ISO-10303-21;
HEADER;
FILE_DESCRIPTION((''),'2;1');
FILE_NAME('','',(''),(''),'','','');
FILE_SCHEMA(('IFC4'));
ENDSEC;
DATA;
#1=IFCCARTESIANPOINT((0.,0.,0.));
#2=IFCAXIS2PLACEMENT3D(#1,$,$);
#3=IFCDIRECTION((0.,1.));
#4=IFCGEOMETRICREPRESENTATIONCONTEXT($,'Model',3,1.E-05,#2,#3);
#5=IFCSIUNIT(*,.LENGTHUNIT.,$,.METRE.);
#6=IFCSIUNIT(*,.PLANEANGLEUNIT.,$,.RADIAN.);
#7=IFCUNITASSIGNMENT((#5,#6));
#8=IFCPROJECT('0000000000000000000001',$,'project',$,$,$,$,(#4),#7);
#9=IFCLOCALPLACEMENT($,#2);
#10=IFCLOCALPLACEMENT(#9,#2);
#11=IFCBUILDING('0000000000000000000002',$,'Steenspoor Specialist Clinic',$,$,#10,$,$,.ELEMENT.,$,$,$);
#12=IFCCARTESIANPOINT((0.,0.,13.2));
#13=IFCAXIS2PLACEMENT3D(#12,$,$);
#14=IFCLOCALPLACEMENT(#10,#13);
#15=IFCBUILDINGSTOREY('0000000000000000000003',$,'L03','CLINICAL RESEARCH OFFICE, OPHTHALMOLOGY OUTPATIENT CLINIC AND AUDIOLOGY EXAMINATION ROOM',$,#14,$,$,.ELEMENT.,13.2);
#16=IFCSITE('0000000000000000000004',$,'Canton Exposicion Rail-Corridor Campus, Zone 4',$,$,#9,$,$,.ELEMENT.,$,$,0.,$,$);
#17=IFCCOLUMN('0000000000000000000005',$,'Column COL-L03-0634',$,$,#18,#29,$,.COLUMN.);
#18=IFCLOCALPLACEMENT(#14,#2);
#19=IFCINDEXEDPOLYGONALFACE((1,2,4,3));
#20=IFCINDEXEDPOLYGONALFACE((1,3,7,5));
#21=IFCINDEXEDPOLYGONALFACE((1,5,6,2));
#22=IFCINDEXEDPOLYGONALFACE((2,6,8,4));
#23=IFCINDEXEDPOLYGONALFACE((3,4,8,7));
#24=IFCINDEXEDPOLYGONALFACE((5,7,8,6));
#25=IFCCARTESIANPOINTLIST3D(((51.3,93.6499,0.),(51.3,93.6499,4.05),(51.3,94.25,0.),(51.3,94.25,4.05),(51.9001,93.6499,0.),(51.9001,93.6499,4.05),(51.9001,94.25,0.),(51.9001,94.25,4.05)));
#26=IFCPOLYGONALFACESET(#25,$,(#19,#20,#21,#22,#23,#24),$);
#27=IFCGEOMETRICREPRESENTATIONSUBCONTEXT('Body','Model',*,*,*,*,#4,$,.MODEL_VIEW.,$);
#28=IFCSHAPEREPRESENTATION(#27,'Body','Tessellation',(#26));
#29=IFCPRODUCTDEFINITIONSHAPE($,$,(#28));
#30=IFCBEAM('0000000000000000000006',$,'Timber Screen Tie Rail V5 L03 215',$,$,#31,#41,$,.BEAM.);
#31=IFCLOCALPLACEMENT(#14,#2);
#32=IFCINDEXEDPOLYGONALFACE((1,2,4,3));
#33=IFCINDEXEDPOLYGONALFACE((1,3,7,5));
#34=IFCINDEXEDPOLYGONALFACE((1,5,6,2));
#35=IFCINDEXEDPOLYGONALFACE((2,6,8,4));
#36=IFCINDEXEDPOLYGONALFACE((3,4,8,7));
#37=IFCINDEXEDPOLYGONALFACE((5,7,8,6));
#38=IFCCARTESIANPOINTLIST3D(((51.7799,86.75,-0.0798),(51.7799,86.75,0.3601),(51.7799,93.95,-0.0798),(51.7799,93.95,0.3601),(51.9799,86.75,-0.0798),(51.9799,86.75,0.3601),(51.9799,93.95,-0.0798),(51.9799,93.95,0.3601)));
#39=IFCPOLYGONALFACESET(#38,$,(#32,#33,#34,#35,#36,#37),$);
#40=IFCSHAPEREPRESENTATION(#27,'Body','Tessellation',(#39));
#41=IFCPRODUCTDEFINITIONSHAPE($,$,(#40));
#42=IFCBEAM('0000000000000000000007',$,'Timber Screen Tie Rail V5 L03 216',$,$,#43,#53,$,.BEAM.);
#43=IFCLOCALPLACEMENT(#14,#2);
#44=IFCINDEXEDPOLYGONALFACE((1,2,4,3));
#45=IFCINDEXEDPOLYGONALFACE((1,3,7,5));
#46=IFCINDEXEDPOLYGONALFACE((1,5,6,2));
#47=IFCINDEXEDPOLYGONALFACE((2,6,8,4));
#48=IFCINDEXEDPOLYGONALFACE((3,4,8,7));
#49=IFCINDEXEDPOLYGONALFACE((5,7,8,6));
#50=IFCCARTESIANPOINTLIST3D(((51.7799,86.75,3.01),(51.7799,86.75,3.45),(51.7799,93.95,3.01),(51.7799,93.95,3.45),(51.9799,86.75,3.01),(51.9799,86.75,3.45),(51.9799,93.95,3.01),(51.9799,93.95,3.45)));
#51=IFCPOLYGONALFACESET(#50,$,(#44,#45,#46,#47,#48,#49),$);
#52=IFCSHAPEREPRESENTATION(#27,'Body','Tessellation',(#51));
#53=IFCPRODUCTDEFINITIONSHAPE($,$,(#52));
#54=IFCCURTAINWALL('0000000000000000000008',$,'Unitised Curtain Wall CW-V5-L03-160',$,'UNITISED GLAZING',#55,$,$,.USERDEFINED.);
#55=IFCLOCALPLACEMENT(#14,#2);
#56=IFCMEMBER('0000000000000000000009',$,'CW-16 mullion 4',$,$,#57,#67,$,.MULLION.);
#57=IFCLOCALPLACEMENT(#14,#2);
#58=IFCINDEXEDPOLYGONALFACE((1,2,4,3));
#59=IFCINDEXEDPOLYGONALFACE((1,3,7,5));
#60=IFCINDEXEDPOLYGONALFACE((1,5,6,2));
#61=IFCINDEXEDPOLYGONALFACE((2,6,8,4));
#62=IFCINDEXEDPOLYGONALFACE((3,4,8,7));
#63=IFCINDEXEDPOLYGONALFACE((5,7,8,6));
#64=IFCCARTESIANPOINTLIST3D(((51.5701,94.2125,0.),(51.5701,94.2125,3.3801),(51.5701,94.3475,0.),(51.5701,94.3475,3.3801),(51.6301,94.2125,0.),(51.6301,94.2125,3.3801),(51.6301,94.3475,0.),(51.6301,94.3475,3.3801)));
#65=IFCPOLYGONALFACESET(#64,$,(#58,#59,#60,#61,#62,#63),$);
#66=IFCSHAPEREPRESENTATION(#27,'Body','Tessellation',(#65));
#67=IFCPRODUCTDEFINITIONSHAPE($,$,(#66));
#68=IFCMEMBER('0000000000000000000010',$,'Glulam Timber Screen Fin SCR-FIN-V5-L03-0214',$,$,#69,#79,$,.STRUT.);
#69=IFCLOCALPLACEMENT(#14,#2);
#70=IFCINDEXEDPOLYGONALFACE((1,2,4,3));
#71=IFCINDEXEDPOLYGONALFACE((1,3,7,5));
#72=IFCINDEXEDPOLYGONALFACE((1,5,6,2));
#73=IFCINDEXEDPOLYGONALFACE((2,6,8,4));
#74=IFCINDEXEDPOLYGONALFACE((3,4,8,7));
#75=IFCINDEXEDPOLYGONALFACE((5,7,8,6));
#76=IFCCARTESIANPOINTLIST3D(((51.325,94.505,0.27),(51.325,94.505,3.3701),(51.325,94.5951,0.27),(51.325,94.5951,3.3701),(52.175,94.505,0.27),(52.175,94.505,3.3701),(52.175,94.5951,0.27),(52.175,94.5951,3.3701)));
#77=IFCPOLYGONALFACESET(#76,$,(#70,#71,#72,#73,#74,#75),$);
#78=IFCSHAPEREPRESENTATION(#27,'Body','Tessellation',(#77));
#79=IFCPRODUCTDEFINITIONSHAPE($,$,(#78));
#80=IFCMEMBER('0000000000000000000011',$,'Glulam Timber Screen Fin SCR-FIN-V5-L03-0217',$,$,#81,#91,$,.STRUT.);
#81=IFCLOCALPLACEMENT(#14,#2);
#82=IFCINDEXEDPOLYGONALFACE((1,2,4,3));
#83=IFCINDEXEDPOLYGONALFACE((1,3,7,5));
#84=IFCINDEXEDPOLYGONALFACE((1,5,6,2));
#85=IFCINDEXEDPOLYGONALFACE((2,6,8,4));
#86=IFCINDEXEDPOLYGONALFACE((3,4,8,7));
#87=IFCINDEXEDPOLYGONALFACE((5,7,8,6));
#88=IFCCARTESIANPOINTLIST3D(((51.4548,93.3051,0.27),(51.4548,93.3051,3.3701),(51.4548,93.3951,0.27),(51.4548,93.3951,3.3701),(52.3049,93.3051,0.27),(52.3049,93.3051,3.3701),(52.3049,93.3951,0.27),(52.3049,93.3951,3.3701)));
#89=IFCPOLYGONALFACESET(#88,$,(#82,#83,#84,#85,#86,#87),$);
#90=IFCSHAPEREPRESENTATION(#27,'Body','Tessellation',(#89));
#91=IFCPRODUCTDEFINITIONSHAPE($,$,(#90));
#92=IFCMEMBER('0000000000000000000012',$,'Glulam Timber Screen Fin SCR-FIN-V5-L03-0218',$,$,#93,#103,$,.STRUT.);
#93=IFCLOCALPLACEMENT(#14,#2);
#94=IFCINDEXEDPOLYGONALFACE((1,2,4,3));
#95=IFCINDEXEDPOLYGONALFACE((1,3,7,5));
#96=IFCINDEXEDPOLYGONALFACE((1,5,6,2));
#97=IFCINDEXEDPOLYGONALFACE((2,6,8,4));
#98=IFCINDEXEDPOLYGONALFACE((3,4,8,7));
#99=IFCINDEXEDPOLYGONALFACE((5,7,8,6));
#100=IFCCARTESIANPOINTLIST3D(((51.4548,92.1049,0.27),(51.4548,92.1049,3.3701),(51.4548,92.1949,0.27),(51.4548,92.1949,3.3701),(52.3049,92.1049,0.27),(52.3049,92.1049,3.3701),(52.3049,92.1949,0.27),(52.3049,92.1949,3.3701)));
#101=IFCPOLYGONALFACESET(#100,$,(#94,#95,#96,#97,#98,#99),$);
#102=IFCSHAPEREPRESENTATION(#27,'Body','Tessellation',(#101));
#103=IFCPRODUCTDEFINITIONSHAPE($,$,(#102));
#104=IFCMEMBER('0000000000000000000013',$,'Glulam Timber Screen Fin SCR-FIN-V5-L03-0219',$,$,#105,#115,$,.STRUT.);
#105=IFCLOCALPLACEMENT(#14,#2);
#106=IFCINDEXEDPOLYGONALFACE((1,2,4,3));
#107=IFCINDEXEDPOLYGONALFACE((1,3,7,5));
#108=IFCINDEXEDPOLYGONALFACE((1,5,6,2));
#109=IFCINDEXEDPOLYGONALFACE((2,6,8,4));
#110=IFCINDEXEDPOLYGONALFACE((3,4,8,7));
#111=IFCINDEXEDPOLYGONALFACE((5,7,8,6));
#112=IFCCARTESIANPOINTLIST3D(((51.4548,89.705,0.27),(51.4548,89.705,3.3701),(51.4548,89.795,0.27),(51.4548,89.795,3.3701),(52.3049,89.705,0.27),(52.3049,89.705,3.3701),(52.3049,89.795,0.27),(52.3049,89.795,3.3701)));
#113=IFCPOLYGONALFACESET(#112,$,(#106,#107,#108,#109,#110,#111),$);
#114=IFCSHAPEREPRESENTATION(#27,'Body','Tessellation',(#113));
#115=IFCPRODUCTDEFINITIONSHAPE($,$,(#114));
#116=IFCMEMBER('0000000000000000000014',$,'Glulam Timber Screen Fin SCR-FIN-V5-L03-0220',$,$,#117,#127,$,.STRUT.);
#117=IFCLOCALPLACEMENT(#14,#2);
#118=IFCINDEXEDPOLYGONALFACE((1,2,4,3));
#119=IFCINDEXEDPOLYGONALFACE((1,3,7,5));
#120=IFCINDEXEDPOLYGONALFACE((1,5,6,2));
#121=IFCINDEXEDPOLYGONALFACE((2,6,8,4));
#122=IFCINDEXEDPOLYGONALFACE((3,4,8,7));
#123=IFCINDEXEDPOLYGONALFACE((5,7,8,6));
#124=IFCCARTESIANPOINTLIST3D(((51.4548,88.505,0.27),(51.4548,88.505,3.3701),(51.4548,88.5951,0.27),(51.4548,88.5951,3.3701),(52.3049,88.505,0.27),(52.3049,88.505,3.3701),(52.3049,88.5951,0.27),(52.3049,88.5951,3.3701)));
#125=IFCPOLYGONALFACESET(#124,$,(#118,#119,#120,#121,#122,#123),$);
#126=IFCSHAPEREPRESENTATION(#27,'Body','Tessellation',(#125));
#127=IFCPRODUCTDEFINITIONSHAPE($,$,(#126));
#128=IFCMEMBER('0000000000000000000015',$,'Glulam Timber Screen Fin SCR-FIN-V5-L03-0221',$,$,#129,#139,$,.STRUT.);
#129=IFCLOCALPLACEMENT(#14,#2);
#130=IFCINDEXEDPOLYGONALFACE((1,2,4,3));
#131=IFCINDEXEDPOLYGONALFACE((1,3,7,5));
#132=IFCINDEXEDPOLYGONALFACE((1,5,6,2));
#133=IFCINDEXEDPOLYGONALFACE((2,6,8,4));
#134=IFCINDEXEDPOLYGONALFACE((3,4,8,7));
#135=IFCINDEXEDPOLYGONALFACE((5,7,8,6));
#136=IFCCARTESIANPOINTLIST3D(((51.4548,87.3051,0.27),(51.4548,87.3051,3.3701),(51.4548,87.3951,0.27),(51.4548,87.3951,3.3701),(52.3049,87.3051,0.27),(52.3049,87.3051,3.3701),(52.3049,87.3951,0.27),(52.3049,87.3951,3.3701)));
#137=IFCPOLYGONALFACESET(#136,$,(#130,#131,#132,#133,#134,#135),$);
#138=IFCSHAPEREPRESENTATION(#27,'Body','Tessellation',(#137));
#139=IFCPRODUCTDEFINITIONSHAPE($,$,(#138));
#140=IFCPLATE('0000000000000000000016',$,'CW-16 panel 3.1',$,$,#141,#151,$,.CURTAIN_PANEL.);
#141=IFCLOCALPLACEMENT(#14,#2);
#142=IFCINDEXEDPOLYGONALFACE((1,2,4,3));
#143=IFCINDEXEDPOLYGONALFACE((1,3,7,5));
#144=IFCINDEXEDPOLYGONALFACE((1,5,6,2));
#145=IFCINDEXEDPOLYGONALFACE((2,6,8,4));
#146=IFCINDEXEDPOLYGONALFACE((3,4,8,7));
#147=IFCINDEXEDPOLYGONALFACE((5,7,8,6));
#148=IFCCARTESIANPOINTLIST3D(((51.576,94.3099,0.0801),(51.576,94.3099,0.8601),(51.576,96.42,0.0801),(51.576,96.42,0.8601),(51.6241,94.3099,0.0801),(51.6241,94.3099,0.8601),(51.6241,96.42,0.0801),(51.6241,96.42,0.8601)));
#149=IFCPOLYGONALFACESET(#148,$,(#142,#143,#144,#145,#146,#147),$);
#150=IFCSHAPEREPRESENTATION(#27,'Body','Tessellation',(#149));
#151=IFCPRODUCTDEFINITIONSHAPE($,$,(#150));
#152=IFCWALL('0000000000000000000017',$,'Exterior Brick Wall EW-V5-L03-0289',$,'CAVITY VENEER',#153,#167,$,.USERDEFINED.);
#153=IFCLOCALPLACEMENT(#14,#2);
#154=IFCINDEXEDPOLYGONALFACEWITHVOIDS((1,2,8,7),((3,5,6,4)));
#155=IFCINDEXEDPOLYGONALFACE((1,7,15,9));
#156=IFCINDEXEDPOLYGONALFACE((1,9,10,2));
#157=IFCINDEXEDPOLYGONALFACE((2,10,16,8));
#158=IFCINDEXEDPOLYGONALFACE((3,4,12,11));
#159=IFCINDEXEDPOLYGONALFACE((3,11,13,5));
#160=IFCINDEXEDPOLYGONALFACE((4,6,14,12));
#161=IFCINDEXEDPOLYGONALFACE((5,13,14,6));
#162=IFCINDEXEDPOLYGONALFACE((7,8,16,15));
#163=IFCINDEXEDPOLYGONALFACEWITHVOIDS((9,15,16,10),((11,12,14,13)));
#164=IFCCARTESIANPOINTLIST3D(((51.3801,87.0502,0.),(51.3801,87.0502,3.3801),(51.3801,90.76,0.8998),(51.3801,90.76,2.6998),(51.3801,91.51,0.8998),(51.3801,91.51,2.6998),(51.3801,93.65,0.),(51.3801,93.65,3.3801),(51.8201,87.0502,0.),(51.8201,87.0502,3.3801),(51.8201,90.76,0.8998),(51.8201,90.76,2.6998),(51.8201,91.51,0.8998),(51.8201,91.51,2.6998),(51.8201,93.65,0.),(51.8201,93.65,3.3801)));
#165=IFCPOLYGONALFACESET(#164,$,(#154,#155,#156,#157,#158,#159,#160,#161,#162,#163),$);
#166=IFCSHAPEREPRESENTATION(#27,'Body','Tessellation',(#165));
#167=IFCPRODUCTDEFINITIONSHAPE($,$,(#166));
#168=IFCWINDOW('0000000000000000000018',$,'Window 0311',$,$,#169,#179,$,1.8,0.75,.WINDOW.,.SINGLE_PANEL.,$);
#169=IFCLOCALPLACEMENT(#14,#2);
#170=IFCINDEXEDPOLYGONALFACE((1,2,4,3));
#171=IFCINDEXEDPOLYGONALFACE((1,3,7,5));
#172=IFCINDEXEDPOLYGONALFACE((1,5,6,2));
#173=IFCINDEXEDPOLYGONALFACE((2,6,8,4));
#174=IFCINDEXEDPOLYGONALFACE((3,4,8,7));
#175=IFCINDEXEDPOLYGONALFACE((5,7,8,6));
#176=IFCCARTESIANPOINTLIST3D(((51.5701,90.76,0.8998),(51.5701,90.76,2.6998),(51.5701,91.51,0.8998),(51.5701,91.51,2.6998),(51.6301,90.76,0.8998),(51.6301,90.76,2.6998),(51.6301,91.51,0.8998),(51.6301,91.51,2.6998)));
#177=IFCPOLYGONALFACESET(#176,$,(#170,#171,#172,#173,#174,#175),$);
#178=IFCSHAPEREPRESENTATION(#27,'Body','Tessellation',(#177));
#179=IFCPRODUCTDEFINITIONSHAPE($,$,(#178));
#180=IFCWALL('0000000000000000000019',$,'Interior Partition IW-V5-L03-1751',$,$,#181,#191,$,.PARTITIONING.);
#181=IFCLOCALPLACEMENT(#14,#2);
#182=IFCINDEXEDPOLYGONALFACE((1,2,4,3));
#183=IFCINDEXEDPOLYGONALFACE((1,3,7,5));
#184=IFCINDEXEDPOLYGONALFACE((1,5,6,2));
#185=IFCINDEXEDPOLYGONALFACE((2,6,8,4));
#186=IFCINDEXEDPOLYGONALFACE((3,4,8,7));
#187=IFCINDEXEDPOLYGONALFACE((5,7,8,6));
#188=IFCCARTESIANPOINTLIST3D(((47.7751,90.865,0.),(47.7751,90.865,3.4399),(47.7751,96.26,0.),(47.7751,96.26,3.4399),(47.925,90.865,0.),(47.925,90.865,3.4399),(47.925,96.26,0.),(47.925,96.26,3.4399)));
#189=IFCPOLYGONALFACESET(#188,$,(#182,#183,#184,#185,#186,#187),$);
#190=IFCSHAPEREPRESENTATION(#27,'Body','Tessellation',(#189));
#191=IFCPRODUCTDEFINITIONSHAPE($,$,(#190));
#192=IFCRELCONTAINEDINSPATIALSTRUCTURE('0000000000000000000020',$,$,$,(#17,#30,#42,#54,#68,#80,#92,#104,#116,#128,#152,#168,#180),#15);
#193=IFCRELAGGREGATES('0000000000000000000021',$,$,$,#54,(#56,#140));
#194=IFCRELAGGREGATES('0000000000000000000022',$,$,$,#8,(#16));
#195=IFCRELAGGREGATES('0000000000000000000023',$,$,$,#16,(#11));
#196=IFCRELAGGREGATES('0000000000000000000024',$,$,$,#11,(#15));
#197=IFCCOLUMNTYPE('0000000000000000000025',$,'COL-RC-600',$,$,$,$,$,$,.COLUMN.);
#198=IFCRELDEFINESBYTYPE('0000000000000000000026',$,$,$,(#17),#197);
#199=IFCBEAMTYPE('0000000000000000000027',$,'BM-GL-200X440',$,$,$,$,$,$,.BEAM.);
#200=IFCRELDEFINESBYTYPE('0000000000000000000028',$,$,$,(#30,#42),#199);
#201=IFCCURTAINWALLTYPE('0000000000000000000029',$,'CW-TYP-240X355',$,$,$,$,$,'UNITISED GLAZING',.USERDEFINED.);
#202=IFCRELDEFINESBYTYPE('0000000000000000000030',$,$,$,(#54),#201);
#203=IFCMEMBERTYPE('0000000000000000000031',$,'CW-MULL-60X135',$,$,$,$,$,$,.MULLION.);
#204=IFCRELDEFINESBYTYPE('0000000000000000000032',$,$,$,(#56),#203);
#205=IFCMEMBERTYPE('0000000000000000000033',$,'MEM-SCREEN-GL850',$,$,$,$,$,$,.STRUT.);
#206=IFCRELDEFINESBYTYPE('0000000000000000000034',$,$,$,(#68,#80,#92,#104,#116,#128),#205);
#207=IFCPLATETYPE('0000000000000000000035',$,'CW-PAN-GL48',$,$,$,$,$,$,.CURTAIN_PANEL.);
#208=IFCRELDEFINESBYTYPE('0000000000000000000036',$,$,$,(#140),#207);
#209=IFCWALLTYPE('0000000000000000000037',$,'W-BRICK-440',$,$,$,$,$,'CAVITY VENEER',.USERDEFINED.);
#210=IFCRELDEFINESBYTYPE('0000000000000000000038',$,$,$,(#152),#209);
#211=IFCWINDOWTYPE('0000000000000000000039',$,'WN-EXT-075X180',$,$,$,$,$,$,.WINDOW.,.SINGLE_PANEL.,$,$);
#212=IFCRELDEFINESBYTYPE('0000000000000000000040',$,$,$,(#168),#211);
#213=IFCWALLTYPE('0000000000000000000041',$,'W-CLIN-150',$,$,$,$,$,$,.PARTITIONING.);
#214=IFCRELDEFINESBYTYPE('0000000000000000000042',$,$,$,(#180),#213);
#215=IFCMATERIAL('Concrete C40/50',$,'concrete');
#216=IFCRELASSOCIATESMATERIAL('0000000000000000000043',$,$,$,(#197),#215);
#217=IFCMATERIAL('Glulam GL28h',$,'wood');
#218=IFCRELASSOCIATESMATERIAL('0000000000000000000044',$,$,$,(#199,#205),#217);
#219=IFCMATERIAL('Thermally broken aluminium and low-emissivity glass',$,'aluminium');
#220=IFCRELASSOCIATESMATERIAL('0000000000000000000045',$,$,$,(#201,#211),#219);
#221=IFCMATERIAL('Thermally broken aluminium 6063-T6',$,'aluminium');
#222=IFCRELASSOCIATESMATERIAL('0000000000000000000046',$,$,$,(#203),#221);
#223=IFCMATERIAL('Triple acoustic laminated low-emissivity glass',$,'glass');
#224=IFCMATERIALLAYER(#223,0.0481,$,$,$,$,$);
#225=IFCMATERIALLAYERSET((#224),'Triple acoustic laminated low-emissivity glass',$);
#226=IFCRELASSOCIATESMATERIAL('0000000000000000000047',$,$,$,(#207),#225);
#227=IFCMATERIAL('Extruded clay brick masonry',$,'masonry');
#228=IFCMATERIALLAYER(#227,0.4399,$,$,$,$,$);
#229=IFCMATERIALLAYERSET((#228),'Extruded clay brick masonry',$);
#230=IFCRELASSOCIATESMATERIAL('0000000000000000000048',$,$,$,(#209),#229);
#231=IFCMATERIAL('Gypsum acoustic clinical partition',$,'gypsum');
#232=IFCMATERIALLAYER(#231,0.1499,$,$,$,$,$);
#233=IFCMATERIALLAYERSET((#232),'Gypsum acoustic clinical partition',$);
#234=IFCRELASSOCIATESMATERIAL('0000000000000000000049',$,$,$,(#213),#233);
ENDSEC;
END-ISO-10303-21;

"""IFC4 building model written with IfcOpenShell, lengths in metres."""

from ifc_helpers import new_model, si_unit, direction, frame, frame_2d, origin, origin_2d, place, context, subcontext, project, spatial, rectangle, extrude, material, layer, layer_set, material_profile, profile_set, type_object, element, fill, aggregate, save


model = new_model("IFC4")

# Units and contexts
model_context = context("Model", 3, precision=1e-05, world=origin(), true_north=direction((0.0, 1.0)))
body_context = subcontext(model_context, "Body", "Model", "MODEL_VIEW")
ifc_project = project(units=[si_unit("LENGTHUNIT", "METRE"), si_unit("PLANEANGLEUNIT", "RADIAN")], contexts=[model_context])

# Site, building, storey
site_placement = place(None, origin())
site = spatial("IfcSite", under=ifc_project, at=site_placement, Name="Canton Exposicion Rail-Corridor Campus, Zone 4", CompositionType="ELEMENT", RefElevation=0.0)
building_placement = place(site_placement, origin())
building = spatial("IfcBuilding", under=site, at=building_placement, Name="Steenspoor Specialist Clinic", CompositionType="ELEMENT")
storey_placement = place(building_placement, frame((0.0, 0.0, 13.2)))
storey = spatial("IfcBuildingStorey", under=building, at=storey_placement, Name="L03", Description="CLINICAL RESEARCH OFFICE, OPHTHALMOLOGY OUTPATIENT CLINIC AND AUDIOLOGY EXAMINATION ROOM", CompositionType="ELEMENT", Elevation=13.2)

# Column
ifc_material_1 = material(Name="Concrete C40/50", Category="concrete")
ifc_material_profile_1 = material_profile(ifc_material_1, rectangle(XDim=0.6001, YDim=0.6001, at=origin_2d()), Name="RC-COL-600X600")
ifc_profile_set_1 = profile_set([ifc_material_profile_1], Name="Concrete C40/50")
column_type = type_object("IfcColumnType", Name="COL-RC-600", PredefinedType="COLUMN", material=ifc_profile_set_1)
column_placement = place(storey_placement, frame((51.6001, 93.95, 0.0), z_axis=(0.0, 0.0, 1.0), x_axis=(1.0, 0.0, 0.0)))
element("IfcColumn", 1, at=column_placement, inside=storey, type_object=column_type, Name="Column COL-L03-0634", PredefinedType="COLUMN", context=body_context, shape_type="SweptSolid", body=[
    extrude(rectangle(XDim=0.6001, YDim=0.6001, at=origin_2d()), origin(), (0.0, 0.0, 1.0), 4.05),
])

# Beams
ifc_material_2 = material(Name="Glulam GL28h", Category="wood")
ifc_material_profile_2 = material_profile(ifc_material_2, rectangle(XDim=0.2, YDim=0.4399, at=origin_2d()), Name="GL28H-200X440")
ifc_profile_set_2 = profile_set([ifc_material_profile_2], Name="Glulam GL28h")
beam_type = type_object("IfcBeamType", Name="BM-GL-200X440", PredefinedType="BEAM", material=ifc_profile_set_2)
for number, where, z_axis, x_axis, name in (
    (2, (51.8799, 93.95, 0.1401), (0.0, -1.0, 0.0), (1.0, 0.0, 0.0), "Timber Screen Tie Rail V5 L03 215"),
    (3, (51.8799, 93.95, 3.23), (0.0, -1.0, 0.0), (1.0, 0.0, 0.0), "Timber Screen Tie Rail V5 L03 216"),
):
    element("IfcBeam", number, at=place(storey_placement, frame(where, z_axis=z_axis, x_axis=x_axis)), inside=storey, type_object=beam_type, Name=name, PredefinedType="BEAM", context=body_context, shape_type="SweptSolid", body=[
        extrude(rectangle(XDim=0.2, YDim=0.4399, at=origin_2d()), origin(), (0.0, 0.0, 1.0), 7.2),
    ])

# Curtain wall, member
ifc_material_3 = material(Name="Thermally broken aluminium and low-emissivity glass", Category="aluminium")
curtain_wall_type = type_object("IfcCurtainWallType", Name="CW-TYP-240X355", ElementType="UNITISED GLAZING", PredefinedType="USERDEFINED", material=ifc_material_3)
curtain_wall_placement = place(storey_placement, origin())
curtain_wall = element("IfcCurtainWall", 4, at=curtain_wall_placement, inside=storey, type_object=curtain_wall_type, Name="Unitised Curtain Wall CW-V5-L03-160", ObjectType="UNITISED GLAZING", PredefinedType="USERDEFINED")
ifc_material_4 = material(Name="Thermally broken aluminium 6063-T6", Category="aluminium")
ifc_material_profile_3 = material_profile(ifc_material_4, rectangle(XDim=0.0601, YDim=0.135, at=origin_2d()), Name="CWM-60X135")
ifc_profile_set_3 = profile_set([ifc_material_profile_3], Name="Thermally broken aluminium 6063-T6")
member_type_1 = type_object("IfcMemberType", Name="CW-MULL-60X135", PredefinedType="MULLION", material=ifc_profile_set_3)
member_placement = place(storey_placement, frame((51.6001, 94.28, 0.0), z_axis=(0.0, 0.0, 1.0), x_axis=(1.0, 0.0, 0.0)))
member = element("IfcMember", 5, at=member_placement, type_object=member_type_1, Name="CW-16 mullion 4", PredefinedType="MULLION", context=body_context, shape_type="SweptSolid", body=[
    extrude(rectangle(XDim=0.0601, YDim=0.135, at=origin_2d()), origin(), (0.0, 0.0, 1.0), 3.3801),
])

# Members
ifc_material_profile_4 = material_profile(ifc_material_2, rectangle(XDim=0.0901, YDim=0.8501, at=origin_2d()), Name="GL28H-90X850")
ifc_profile_set_4 = profile_set([ifc_material_profile_4], Name="Glulam GL28h")
member_type_2 = type_object("IfcMemberType", Name="MEM-SCREEN-GL850", PredefinedType="STRUT", material=ifc_profile_set_4)
for number, where, z_axis, x_axis, name in (
    (6, (51.75, 94.55, 0.27), (0.0, 0.0, 1.0), (0.0, -1.0, 0.0), "Glulam Timber Screen Fin SCR-FIN-V5-L03-0214"),
    (7, (51.8799, 93.3501, 0.27), (0.0, 0.0, 1.0), (0.0, -1.0, 0.0), "Glulam Timber Screen Fin SCR-FIN-V5-L03-0217"),
    (8, (51.8799, 92.1499, 0.27), (0.0, 0.0, 1.0), (0.0, -1.0, 0.0), "Glulam Timber Screen Fin SCR-FIN-V5-L03-0218"),
    (9, (51.8799, 89.75, 0.27), (0.0, 0.0, 1.0), (0.0, -1.0, 0.0), "Glulam Timber Screen Fin SCR-FIN-V5-L03-0219"),
    (10, (51.8799, 88.55, 0.27), (0.0, 0.0, 1.0), (0.0, -1.0, 0.0), "Glulam Timber Screen Fin SCR-FIN-V5-L03-0220"),
    (11, (51.8799, 87.3501, 0.27), (0.0, 0.0, 1.0), (0.0, -1.0, 0.0), "Glulam Timber Screen Fin SCR-FIN-V5-L03-0221"),
):
    element("IfcMember", number, at=place(storey_placement, frame(where, z_axis=z_axis, x_axis=x_axis)), inside=storey, type_object=member_type_2, Name=name, PredefinedType="STRUT", context=body_context, shape_type="SweptSolid", body=[
        extrude(rectangle(XDim=0.0901, YDim=0.8501, at=origin_2d()), origin(), (0.0, 0.0, 1.0), 3.1001),
    ])

# Plate
ifc_material_5 = material(Name="Triple acoustic laminated low-emissivity glass", Category="glass")
ifc_layer_1 = layer(ifc_material_5, 0.0481)
ifc_layer_set_1 = layer_set([ifc_layer_1], Name="Triple acoustic laminated low-emissivity glass")
plate_type = type_object("IfcPlateType", Name="CW-PAN-GL48", PredefinedType="CURTAIN_PANEL", material=ifc_layer_set_1)
plate_placement = place(storey_placement, frame((51.6001, 95.365, 0.0801), z_axis=(0.0, 0.0, 1.0), x_axis=(0.0, -1.0, 0.0)))
plate = element("IfcPlate", 12, at=plate_placement, type_object=plate_type, Name="CW-16 panel 3.1", PredefinedType="CURTAIN_PANEL", context=body_context, shape_type="SweptSolid", body=[
    extrude(rectangle(XDim=2.1101, YDim=0.0481, at=origin_2d()), origin(), (0.0, 0.0, 1.0), 0.78),
])
aggregate(curtain_wall, [member, plate])

# Wall, opening, window
ifc_material_6 = material(Name="Extruded clay brick masonry", Category="masonry")
ifc_layer_2 = layer(ifc_material_6, 0.4399)
ifc_layer_set_2 = layer_set([ifc_layer_2], Name="Extruded clay brick masonry")
wall_type_1 = type_object("IfcWallType", Name="W-BRICK-440", ElementType="CAVITY VENEER", PredefinedType="USERDEFINED", material=ifc_layer_set_2)
wall_1_placement = place(storey_placement, frame((51.6001, 93.6499, 0.0), z_axis=(0.0, 0.0, 1.0), x_axis=(0.0, -1.0, 0.0)))
wall_1 = element("IfcWall", 13, at=wall_1_placement, inside=storey, type_object=wall_type_1, Name="Exterior Brick Wall EW-V5-L03-0289", ObjectType="CAVITY VENEER", PredefinedType="USERDEFINED", context=body_context, shape_type="SweptSolid", body=[
    extrude(rectangle(XDim=6.5999, YDim=0.4399, at=frame_2d((3.2998, 0.0))), origin(), (0.0, 0.0, 1.0), 3.3801),
])
opening_1_placement = place(wall_1_placement, frame((2.1399, 0.0, 0.8999)))
opening_1 = element("IfcOpeningElement", 14, at=opening_1_placement, cuts=wall_1, PredefinedType="OPENING", context=body_context, shape_type="SweptSolid", body=[
    extrude(rectangle(XDim=0.75, YDim=1.8, at=frame_2d((0.375, 0.8999))), frame((0.0, 0.23, 0.0), z_axis=(0.0, -1.0, 0.0), x_axis=(1.0, 0.0, 0.0)), (0.0, 0.0, 1.0), 0.46),
])
window_type = type_object("IfcWindowType", Name="WN-EXT-075X180", PartitioningType="SINGLE_PANEL", PredefinedType="WINDOW", material=ifc_material_3)
window_placement = place(opening_1_placement, origin())
window = element("IfcWindow", 15, at=window_placement, inside=storey, type_object=window_type, Name="Window 0311", OverallHeight=1.8, OverallWidth=0.75, PartitioningType="SINGLE_PANEL", PredefinedType="WINDOW", context=body_context, shape_type="SweptSolid", body=[
    extrude(rectangle(XDim=0.75, YDim=1.8, at=frame_2d((0.375, 0.8999))), frame((0.0, 0.03, 0.0), z_axis=(0.0, -1.0, 0.0), x_axis=(1.0, 0.0, 0.0)), (0.0, 0.0, 1.0), 0.0601),
])
fill(opening_1, window)

# Wall
ifc_material_7 = material(Name="Gypsum acoustic clinical partition", Category="gypsum")
ifc_layer_3 = layer(ifc_material_7, 0.1499)
ifc_layer_set_3 = layer_set([ifc_layer_3], Name="Gypsum acoustic clinical partition")
wall_type_2 = type_object("IfcWallType", Name="W-CLIN-150", PredefinedType="PARTITIONING", material=ifc_layer_set_3)
wall_2_placement = place(storey_placement, frame((47.8501, 90.865, 0.0), z_axis=(0.0, 0.0, 1.0), x_axis=(0.0, 1.0, 0.0)))
element("IfcWall", 16, at=wall_2_placement, inside=storey, type_object=wall_type_2, Name="Interior Partition IW-V5-L03-1751", PredefinedType="PARTITIONING", context=body_context, shape_type="SweptSolid", body=[
    extrude(rectangle(XDim=5.395, YDim=0.1499, at=frame_2d((2.6975, 0.0))), origin(), (0.0, 0.0, 1.0), 3.4399),
])

save(model, "model.ifc")
